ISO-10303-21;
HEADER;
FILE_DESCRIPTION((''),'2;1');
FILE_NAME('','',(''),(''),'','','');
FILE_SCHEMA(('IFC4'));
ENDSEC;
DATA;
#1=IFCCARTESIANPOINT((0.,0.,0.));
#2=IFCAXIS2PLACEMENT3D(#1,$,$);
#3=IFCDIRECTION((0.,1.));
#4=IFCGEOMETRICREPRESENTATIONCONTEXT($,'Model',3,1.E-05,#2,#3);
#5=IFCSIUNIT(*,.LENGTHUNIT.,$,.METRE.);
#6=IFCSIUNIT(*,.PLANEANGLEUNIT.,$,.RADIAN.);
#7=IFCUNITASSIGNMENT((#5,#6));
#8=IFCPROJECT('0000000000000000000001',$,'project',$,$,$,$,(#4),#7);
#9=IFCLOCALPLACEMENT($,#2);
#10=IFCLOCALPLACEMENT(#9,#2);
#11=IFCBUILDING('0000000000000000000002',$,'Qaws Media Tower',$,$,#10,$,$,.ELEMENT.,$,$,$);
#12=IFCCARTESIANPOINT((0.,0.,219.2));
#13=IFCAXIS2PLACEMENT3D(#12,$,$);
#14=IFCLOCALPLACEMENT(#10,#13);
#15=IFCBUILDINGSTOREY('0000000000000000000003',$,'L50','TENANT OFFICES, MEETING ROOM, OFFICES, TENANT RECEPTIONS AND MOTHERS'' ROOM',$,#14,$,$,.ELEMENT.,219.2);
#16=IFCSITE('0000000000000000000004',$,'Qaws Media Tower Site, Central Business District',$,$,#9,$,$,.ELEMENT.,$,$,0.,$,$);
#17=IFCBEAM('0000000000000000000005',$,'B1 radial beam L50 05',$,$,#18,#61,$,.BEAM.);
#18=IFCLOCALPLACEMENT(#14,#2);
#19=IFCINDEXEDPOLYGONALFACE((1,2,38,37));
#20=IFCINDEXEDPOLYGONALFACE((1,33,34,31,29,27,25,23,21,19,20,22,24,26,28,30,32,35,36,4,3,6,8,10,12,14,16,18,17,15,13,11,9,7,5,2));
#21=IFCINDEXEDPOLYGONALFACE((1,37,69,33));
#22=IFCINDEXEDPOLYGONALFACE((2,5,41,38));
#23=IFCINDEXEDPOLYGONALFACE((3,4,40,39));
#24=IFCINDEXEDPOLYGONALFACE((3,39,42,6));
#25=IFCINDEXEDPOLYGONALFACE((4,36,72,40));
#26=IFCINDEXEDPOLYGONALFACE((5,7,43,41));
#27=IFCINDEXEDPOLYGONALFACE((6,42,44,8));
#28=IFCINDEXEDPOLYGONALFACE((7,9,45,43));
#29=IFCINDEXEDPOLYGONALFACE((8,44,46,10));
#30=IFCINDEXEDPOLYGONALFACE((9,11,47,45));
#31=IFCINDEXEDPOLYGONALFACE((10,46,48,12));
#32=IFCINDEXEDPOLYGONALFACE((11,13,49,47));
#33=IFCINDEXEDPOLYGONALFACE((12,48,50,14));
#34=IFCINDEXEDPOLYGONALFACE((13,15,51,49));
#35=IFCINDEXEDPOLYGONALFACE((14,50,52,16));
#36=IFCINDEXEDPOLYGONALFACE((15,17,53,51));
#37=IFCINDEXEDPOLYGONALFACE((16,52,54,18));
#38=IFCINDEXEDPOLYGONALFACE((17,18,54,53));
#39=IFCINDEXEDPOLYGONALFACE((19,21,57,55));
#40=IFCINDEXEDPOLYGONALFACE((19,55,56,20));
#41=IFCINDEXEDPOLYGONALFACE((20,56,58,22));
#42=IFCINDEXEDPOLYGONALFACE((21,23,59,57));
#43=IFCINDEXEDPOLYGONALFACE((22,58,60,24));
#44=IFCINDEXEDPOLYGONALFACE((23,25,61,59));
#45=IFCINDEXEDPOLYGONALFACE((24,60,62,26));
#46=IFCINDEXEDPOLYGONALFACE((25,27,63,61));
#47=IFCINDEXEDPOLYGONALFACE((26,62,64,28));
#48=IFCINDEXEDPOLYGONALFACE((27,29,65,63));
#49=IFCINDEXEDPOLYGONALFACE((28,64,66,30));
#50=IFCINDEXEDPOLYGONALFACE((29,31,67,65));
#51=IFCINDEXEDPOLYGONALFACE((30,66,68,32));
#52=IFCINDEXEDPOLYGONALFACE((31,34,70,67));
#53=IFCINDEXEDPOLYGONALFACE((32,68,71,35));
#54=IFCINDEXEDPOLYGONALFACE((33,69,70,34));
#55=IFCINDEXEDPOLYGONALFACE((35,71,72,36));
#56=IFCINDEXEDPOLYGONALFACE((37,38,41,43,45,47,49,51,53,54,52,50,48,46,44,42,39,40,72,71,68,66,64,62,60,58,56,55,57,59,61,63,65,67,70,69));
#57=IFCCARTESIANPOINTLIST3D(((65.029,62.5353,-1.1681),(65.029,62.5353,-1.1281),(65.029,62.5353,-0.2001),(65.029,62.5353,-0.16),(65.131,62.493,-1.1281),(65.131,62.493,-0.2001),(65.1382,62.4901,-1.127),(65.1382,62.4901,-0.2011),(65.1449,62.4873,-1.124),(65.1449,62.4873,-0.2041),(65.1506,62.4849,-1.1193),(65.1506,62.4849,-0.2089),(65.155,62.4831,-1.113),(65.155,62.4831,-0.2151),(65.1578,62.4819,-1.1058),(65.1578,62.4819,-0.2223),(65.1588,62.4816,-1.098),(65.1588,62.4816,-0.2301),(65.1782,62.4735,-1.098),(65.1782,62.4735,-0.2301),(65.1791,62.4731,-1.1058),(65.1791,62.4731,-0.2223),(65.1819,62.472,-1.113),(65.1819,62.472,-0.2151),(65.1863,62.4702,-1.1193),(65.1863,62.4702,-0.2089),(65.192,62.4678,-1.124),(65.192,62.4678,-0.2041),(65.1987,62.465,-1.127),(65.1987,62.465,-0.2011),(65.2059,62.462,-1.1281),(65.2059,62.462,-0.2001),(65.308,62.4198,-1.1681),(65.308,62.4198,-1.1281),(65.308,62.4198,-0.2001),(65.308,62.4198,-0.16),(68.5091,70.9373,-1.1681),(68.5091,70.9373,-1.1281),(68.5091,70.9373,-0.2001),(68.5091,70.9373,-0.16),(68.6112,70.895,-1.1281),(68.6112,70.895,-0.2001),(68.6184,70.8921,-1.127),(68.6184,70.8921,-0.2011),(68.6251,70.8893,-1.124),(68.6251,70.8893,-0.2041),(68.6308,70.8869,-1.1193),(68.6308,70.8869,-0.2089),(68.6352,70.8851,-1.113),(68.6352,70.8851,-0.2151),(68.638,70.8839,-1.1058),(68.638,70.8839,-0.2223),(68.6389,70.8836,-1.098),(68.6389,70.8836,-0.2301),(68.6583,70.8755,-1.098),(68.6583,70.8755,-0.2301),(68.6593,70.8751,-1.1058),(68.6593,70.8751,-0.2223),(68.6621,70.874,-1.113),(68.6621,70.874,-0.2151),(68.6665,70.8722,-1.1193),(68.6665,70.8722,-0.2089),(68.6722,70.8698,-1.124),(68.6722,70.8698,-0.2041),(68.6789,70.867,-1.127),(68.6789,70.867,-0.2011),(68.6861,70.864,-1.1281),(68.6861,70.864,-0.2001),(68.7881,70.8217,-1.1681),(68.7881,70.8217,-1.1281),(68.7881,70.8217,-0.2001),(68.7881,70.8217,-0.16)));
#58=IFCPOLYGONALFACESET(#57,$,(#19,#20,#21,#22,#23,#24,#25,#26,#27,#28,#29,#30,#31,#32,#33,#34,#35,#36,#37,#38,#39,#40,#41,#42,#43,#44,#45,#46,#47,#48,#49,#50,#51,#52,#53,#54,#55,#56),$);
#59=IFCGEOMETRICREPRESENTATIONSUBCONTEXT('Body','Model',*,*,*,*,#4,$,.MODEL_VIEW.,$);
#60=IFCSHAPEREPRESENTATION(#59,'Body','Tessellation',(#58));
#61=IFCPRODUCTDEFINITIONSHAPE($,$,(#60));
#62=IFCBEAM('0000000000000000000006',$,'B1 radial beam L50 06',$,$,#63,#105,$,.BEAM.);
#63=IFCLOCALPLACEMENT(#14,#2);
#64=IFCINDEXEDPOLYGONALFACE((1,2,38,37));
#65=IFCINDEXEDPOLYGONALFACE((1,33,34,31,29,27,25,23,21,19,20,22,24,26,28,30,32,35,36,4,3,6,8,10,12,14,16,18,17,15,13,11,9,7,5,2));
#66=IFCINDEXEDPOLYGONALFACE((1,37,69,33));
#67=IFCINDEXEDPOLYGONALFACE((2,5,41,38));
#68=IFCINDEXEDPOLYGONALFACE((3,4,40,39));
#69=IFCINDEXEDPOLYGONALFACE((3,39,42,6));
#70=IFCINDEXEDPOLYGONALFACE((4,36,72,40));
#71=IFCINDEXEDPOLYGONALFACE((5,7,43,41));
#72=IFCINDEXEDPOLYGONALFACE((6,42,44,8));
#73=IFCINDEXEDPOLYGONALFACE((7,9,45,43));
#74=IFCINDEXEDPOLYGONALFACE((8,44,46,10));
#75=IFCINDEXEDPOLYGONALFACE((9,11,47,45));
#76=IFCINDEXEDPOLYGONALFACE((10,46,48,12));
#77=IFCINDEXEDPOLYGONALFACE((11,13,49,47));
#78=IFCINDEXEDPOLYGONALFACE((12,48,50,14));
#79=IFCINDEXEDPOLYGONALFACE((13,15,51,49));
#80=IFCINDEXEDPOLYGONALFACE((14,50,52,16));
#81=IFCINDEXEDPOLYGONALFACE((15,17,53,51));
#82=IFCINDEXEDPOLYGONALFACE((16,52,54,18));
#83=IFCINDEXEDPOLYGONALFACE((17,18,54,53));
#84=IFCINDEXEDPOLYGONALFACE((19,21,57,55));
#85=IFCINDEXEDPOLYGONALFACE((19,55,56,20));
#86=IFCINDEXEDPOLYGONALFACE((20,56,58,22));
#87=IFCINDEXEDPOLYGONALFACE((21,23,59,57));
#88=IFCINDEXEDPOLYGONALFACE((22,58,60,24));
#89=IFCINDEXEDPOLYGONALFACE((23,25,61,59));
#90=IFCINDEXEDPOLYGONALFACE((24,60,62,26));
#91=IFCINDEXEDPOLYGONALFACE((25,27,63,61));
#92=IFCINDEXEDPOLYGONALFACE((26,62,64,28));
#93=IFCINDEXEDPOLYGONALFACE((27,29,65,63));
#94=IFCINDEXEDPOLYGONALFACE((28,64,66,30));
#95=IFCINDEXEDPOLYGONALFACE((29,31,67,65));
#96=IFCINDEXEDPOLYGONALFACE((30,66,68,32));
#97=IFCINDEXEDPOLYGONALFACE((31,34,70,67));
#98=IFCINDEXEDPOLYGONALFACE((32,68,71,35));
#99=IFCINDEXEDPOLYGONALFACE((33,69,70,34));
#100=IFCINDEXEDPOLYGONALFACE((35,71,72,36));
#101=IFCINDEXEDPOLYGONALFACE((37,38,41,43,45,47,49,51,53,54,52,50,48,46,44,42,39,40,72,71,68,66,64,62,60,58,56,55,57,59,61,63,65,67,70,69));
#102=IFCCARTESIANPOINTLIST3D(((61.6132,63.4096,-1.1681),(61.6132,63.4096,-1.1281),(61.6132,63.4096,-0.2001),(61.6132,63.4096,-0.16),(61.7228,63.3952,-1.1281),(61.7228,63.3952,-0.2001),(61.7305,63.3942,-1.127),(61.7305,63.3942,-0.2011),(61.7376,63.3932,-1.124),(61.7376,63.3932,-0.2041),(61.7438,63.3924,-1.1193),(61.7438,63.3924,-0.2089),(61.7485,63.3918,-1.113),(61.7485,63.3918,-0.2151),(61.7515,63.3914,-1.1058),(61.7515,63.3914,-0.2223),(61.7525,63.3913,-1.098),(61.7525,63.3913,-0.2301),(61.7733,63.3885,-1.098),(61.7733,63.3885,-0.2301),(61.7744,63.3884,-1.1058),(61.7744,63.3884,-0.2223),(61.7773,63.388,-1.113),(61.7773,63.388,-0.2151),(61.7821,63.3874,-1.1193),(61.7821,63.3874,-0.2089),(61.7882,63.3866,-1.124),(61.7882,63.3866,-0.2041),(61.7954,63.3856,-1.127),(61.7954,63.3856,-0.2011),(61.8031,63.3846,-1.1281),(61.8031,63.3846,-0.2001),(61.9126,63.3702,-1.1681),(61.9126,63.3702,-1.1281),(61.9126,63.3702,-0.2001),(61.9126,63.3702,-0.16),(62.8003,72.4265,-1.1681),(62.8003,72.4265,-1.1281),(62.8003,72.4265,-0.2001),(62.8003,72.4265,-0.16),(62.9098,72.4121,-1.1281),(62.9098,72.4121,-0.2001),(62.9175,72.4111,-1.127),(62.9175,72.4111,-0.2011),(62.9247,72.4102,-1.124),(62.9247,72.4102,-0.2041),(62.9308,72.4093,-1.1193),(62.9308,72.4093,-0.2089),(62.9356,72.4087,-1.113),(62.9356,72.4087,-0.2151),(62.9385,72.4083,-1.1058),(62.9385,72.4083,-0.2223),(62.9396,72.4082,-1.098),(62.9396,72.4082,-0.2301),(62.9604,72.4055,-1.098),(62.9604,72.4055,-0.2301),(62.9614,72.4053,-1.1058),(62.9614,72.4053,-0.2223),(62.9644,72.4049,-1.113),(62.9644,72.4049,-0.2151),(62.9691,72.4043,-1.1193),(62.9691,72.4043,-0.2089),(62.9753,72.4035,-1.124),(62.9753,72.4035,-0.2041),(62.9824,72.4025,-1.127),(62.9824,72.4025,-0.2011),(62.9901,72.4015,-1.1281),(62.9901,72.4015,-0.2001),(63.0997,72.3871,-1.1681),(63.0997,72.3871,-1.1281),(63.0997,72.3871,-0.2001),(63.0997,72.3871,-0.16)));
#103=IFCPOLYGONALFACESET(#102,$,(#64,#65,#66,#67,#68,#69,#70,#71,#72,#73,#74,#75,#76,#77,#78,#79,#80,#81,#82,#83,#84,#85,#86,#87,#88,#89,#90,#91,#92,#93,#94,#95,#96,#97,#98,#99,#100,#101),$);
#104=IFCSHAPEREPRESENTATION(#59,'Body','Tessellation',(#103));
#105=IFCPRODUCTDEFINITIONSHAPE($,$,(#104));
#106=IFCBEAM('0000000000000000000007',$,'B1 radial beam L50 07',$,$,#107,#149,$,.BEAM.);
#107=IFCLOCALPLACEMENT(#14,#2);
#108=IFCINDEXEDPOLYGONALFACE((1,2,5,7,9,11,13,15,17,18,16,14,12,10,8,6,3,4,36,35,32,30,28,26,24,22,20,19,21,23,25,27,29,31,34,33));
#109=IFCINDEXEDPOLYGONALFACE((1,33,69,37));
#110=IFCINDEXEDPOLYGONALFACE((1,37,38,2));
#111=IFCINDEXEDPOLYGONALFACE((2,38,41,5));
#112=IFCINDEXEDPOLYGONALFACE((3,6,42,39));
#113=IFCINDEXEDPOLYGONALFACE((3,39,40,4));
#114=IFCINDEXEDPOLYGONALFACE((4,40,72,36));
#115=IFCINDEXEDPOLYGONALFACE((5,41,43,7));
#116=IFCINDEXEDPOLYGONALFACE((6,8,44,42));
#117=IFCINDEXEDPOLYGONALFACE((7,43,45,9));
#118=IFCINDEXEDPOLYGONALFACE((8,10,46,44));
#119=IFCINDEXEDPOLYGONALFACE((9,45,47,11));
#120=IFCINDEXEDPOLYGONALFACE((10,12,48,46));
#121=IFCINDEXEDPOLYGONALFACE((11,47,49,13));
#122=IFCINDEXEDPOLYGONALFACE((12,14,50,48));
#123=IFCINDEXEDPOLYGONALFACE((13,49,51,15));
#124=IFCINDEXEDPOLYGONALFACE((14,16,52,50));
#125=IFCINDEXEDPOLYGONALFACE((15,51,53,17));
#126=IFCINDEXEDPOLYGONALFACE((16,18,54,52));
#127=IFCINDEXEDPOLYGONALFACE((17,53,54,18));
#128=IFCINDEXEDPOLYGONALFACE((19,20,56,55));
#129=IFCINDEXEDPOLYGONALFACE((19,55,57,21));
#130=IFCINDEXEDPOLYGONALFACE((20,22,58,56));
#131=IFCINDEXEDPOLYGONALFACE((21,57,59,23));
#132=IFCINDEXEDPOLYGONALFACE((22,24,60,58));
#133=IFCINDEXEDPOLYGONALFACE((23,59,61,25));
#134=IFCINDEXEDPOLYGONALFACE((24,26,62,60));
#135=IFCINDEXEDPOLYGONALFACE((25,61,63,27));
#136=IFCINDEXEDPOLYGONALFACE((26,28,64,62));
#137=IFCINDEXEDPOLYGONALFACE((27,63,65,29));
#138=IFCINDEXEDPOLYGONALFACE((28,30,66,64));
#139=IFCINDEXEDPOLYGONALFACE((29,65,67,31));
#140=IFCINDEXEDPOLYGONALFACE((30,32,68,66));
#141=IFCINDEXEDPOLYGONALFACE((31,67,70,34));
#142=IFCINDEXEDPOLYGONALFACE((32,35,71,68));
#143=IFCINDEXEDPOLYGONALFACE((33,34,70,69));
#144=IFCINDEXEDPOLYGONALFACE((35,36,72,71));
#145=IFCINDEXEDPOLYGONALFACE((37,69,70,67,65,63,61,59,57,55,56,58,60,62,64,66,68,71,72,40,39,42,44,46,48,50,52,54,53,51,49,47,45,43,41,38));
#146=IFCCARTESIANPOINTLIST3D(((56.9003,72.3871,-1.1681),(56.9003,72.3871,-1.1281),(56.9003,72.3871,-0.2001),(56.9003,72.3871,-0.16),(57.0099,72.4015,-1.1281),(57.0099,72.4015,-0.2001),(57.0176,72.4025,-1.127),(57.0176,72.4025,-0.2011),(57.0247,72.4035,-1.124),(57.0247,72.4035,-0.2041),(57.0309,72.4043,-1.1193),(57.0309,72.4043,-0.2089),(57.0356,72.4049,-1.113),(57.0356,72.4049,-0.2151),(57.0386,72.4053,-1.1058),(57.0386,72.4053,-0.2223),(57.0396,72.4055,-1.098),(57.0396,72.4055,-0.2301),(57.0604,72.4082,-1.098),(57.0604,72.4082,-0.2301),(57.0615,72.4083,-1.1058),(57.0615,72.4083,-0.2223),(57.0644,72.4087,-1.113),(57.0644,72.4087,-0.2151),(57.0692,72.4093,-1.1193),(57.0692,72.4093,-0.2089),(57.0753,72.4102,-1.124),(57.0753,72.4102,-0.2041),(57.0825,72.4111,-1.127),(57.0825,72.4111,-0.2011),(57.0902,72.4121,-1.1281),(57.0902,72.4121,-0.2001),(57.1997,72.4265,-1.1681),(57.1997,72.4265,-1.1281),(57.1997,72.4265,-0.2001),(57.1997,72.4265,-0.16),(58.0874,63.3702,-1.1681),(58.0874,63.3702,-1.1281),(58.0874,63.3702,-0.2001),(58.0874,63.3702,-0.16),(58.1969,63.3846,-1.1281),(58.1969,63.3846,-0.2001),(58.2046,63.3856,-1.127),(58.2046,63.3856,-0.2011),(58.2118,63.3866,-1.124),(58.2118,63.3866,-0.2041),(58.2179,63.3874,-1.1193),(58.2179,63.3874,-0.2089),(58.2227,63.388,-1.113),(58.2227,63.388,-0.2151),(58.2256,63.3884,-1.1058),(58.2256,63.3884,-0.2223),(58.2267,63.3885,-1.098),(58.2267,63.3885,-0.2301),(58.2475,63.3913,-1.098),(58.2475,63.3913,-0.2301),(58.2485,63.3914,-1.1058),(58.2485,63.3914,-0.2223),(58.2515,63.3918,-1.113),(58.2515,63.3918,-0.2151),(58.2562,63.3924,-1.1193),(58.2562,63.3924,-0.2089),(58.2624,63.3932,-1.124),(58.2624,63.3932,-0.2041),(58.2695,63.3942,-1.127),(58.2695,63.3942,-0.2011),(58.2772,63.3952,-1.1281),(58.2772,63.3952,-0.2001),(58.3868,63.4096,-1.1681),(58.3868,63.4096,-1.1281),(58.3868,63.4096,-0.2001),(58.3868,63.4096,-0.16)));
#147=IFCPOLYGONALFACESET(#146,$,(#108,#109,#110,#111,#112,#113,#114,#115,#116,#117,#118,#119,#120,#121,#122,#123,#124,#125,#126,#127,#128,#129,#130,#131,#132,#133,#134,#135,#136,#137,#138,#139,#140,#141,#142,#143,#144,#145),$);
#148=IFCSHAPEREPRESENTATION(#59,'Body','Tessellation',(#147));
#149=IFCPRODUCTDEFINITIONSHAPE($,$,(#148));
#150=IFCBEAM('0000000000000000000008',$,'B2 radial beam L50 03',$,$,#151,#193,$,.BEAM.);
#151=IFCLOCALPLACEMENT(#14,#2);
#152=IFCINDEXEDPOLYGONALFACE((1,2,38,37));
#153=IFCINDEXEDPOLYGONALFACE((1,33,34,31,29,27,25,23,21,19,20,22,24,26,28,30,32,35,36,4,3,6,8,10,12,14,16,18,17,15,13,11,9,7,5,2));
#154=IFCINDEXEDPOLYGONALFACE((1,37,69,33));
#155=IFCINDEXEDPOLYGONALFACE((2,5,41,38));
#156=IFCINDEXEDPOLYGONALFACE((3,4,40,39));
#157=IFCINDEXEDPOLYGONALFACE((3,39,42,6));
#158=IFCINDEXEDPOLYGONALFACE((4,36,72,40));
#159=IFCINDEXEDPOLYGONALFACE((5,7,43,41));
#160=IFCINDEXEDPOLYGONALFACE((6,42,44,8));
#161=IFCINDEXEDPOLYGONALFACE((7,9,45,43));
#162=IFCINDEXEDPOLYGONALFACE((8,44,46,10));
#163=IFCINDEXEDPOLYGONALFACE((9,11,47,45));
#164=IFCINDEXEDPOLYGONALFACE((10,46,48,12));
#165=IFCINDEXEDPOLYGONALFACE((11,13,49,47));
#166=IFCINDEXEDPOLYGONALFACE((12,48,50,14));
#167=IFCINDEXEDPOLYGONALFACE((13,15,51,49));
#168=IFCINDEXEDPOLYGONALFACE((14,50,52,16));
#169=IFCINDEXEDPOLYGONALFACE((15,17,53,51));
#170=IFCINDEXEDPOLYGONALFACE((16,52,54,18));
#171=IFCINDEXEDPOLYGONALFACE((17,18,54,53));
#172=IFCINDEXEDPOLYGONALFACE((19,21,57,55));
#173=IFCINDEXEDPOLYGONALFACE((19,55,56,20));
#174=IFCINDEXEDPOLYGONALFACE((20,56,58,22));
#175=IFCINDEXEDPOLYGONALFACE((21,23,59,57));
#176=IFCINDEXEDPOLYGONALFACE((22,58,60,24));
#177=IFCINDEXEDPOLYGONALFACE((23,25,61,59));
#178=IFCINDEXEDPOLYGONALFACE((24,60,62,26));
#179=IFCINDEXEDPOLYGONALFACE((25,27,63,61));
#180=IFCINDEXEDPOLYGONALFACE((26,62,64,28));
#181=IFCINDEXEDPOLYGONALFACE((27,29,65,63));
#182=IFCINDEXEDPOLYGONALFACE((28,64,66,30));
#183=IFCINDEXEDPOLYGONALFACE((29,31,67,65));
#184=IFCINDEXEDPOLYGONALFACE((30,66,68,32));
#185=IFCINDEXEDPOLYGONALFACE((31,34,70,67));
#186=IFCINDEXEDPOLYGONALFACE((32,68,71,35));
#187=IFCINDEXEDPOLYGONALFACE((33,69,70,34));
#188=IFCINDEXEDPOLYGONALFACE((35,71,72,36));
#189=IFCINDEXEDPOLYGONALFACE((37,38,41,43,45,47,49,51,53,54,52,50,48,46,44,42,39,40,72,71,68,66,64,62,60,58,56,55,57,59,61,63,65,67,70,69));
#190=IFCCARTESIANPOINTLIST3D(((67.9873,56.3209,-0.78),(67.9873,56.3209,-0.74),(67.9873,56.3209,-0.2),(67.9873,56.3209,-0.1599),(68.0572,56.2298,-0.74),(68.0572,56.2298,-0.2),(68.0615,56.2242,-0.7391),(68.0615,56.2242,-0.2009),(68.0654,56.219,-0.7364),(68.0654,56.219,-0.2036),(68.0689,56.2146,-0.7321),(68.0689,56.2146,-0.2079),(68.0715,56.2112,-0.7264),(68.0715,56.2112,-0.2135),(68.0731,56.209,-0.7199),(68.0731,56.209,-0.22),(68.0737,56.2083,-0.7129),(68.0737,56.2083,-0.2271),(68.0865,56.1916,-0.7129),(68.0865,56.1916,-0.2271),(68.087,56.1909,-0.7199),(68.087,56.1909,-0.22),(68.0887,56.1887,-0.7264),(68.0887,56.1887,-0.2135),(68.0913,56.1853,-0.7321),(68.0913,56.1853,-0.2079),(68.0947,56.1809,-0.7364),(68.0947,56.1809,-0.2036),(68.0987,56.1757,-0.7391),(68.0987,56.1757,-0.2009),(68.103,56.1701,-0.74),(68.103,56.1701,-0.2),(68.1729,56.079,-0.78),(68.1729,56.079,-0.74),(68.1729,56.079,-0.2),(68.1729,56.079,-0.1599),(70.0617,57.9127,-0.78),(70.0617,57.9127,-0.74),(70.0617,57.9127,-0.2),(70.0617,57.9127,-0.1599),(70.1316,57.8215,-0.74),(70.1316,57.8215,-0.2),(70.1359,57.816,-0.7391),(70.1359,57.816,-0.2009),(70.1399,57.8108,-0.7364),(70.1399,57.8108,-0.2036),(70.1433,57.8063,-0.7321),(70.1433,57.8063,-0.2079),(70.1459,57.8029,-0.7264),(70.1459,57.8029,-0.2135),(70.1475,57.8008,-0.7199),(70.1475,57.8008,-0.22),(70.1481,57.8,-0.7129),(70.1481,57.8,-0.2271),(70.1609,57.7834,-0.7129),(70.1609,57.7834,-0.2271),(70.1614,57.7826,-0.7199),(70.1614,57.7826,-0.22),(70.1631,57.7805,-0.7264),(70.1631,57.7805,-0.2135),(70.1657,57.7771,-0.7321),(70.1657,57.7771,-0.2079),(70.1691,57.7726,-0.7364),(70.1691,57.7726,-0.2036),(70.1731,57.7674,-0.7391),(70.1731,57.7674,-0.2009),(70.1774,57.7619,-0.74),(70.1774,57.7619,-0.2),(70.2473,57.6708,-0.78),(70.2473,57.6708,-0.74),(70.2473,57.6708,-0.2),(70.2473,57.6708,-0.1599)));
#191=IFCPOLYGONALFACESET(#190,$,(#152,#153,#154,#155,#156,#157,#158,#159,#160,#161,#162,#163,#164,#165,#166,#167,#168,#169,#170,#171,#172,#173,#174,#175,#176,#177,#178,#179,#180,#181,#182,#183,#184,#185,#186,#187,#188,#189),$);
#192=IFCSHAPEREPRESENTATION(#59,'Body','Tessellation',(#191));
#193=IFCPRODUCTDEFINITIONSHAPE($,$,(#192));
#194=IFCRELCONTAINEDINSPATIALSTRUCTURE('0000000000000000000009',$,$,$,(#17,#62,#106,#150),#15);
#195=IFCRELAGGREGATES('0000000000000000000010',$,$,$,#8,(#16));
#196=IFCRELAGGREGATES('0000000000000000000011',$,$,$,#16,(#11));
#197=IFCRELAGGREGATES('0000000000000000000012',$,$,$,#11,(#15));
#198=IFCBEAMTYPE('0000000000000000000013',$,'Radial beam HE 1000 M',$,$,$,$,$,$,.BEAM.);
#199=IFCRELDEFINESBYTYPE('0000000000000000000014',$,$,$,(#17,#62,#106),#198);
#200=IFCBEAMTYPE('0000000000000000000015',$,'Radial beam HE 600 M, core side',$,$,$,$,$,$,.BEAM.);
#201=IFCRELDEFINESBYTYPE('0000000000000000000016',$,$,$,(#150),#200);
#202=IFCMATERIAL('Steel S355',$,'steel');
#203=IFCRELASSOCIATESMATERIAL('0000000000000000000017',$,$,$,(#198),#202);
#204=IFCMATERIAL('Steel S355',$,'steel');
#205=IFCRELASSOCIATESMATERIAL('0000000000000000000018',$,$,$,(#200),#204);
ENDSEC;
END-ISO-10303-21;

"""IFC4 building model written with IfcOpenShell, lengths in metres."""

from ifc_helpers import new_model, si_unit, direction, frame, origin, origin_2d, place, context, subcontext, project, spatial, i_section, extrude, material, material_profile, profile_set, type_object, element, save


model = new_model("IFC4")

# Units and contexts
model_context = context("Model", 3, precision=1e-05, world=origin(), true_north=direction((0.0, 1.0)))
body_context = subcontext(model_context, "Body", "Model", "MODEL_VIEW")
ifc_project = project(units=[si_unit("LENGTHUNIT", "METRE"), si_unit("PLANEANGLEUNIT", "RADIAN")], contexts=[model_context])

# Site, building, storey
site_placement = place(None, origin())
site = spatial("IfcSite", under=ifc_project, at=site_placement, Name="Qaws Media Tower Site, Central Business District", CompositionType="ELEMENT", RefElevation=0.0)
building_placement = place(site_placement, origin())
building = spatial("IfcBuilding", under=site, at=building_placement, Name="Qaws Media Tower", CompositionType="ELEMENT")
storey_placement = place(building_placement, frame((0.0, 0.0, 219.2)))
storey = spatial("IfcBuildingStorey", under=building, at=storey_placement, Name="L50", Description="TENANT OFFICES, MEETING ROOM, OFFICES, TENANT RECEPTIONS AND MOTHERS' ROOM", CompositionType="ELEMENT", Elevation=219.2)

# Beams
ifc_material_1 = material(Name="Steel S355", Category="steel")
ifc_material_profile_1 = material_profile(ifc_material_1, i_section(OverallWidth=0.302, OverallDepth=1.0081, WebThickness=0.021, FlangeThickness=0.04, FilletRadius=0.03, at=origin_2d()), Name="HE 1000 M")
ifc_profile_set_1 = profile_set([ifc_material_profile_1], Name="Steel S355")
beam_type_1 = type_object("IfcBeamType", Name="Radial beam HE 1000 M", PredefinedType="BEAM", material=ifc_profile_set_1)
beam_1_placement = place(storey_placement, frame((65.1685, 62.4775, -0.6641), z_axis=(0.38268, 0.923881, 0.0), x_axis=(-0.923881, 0.38268, 0.0)))
element("IfcBeam", 1, at=beam_1_placement, inside=storey, type_object=beam_type_1, Name="B1 radial beam L50 05", PredefinedType="BEAM", context=body_context, shape_type="SweptSolid", body=[
    extrude(i_section(OverallWidth=0.302, OverallDepth=1.0081, WebThickness=0.021, FlangeThickness=0.04, FilletRadius=0.03, at=origin_2d()), origin(), (0.0, 0.0, 1.0), 9.0942),
])
for number, where, z_axis, x_axis, name in (
    (2, (61.7629, 63.3899, -0.6641), (0.130518, 0.991446, 0.0), (-0.991446, 0.130518, 0.0), "B1 radial beam L50 06"),
    (3, (58.2371, 63.3899, -0.6641), (-0.130518, 0.991446, 0.0), (-0.991446, -0.130518, 0.0), "B1 radial beam L50 07"),
):
    element("IfcBeam", number, at=place(storey_placement, frame(where, z_axis=z_axis, x_axis=x_axis)), inside=storey, type_object=beam_type_1, Name=name, PredefinedType="BEAM", context=body_context, shape_type="SweptSolid", body=[
        extrude(i_section(OverallWidth=0.302, OverallDepth=1.0081, WebThickness=0.021, FlangeThickness=0.04, FilletRadius=0.03, at=origin_2d()), origin(), (0.0, 0.0, 1.0), 9.0947),
    ])
ifc_material_2 = material(Name="Steel S355", Category="steel")
ifc_material_profile_2 = material_profile(ifc_material_2, i_section(OverallWidth=0.3049, OverallDepth=0.6201, WebThickness=0.021, FlangeThickness=0.04, FilletRadius=0.0271, at=origin_2d()), Name="HE 600 M")
ifc_profile_set_2 = profile_set([ifc_material_profile_2], Name="Steel S355")
beam_type_2 = type_object("IfcBeamType", Name="Radial beam HE 600 M, core side", PredefinedType="BEAM", material=ifc_profile_set_2)
beam_2_placement = place(storey_placement, frame((68.0801, 56.2, -0.47), z_axis=(0.793352, 0.608763, 0.0), x_axis=(-0.608763, 0.793352, 0.0)))
element("IfcBeam", 4, at=beam_2_placement, inside=storey, type_object=beam_type_2, Name="B2 radial beam L50 03", PredefinedType="BEAM", context=body_context, shape_type="SweptSolid", body=[
    extrude(i_section(OverallWidth=0.3049, OverallDepth=0.6201, WebThickness=0.021, FlangeThickness=0.04, FilletRadius=0.0271, at=origin_2d()), origin(), (0.0, 0.0, 1.0), 2.6147),
])

save(model, "model.ifc")
